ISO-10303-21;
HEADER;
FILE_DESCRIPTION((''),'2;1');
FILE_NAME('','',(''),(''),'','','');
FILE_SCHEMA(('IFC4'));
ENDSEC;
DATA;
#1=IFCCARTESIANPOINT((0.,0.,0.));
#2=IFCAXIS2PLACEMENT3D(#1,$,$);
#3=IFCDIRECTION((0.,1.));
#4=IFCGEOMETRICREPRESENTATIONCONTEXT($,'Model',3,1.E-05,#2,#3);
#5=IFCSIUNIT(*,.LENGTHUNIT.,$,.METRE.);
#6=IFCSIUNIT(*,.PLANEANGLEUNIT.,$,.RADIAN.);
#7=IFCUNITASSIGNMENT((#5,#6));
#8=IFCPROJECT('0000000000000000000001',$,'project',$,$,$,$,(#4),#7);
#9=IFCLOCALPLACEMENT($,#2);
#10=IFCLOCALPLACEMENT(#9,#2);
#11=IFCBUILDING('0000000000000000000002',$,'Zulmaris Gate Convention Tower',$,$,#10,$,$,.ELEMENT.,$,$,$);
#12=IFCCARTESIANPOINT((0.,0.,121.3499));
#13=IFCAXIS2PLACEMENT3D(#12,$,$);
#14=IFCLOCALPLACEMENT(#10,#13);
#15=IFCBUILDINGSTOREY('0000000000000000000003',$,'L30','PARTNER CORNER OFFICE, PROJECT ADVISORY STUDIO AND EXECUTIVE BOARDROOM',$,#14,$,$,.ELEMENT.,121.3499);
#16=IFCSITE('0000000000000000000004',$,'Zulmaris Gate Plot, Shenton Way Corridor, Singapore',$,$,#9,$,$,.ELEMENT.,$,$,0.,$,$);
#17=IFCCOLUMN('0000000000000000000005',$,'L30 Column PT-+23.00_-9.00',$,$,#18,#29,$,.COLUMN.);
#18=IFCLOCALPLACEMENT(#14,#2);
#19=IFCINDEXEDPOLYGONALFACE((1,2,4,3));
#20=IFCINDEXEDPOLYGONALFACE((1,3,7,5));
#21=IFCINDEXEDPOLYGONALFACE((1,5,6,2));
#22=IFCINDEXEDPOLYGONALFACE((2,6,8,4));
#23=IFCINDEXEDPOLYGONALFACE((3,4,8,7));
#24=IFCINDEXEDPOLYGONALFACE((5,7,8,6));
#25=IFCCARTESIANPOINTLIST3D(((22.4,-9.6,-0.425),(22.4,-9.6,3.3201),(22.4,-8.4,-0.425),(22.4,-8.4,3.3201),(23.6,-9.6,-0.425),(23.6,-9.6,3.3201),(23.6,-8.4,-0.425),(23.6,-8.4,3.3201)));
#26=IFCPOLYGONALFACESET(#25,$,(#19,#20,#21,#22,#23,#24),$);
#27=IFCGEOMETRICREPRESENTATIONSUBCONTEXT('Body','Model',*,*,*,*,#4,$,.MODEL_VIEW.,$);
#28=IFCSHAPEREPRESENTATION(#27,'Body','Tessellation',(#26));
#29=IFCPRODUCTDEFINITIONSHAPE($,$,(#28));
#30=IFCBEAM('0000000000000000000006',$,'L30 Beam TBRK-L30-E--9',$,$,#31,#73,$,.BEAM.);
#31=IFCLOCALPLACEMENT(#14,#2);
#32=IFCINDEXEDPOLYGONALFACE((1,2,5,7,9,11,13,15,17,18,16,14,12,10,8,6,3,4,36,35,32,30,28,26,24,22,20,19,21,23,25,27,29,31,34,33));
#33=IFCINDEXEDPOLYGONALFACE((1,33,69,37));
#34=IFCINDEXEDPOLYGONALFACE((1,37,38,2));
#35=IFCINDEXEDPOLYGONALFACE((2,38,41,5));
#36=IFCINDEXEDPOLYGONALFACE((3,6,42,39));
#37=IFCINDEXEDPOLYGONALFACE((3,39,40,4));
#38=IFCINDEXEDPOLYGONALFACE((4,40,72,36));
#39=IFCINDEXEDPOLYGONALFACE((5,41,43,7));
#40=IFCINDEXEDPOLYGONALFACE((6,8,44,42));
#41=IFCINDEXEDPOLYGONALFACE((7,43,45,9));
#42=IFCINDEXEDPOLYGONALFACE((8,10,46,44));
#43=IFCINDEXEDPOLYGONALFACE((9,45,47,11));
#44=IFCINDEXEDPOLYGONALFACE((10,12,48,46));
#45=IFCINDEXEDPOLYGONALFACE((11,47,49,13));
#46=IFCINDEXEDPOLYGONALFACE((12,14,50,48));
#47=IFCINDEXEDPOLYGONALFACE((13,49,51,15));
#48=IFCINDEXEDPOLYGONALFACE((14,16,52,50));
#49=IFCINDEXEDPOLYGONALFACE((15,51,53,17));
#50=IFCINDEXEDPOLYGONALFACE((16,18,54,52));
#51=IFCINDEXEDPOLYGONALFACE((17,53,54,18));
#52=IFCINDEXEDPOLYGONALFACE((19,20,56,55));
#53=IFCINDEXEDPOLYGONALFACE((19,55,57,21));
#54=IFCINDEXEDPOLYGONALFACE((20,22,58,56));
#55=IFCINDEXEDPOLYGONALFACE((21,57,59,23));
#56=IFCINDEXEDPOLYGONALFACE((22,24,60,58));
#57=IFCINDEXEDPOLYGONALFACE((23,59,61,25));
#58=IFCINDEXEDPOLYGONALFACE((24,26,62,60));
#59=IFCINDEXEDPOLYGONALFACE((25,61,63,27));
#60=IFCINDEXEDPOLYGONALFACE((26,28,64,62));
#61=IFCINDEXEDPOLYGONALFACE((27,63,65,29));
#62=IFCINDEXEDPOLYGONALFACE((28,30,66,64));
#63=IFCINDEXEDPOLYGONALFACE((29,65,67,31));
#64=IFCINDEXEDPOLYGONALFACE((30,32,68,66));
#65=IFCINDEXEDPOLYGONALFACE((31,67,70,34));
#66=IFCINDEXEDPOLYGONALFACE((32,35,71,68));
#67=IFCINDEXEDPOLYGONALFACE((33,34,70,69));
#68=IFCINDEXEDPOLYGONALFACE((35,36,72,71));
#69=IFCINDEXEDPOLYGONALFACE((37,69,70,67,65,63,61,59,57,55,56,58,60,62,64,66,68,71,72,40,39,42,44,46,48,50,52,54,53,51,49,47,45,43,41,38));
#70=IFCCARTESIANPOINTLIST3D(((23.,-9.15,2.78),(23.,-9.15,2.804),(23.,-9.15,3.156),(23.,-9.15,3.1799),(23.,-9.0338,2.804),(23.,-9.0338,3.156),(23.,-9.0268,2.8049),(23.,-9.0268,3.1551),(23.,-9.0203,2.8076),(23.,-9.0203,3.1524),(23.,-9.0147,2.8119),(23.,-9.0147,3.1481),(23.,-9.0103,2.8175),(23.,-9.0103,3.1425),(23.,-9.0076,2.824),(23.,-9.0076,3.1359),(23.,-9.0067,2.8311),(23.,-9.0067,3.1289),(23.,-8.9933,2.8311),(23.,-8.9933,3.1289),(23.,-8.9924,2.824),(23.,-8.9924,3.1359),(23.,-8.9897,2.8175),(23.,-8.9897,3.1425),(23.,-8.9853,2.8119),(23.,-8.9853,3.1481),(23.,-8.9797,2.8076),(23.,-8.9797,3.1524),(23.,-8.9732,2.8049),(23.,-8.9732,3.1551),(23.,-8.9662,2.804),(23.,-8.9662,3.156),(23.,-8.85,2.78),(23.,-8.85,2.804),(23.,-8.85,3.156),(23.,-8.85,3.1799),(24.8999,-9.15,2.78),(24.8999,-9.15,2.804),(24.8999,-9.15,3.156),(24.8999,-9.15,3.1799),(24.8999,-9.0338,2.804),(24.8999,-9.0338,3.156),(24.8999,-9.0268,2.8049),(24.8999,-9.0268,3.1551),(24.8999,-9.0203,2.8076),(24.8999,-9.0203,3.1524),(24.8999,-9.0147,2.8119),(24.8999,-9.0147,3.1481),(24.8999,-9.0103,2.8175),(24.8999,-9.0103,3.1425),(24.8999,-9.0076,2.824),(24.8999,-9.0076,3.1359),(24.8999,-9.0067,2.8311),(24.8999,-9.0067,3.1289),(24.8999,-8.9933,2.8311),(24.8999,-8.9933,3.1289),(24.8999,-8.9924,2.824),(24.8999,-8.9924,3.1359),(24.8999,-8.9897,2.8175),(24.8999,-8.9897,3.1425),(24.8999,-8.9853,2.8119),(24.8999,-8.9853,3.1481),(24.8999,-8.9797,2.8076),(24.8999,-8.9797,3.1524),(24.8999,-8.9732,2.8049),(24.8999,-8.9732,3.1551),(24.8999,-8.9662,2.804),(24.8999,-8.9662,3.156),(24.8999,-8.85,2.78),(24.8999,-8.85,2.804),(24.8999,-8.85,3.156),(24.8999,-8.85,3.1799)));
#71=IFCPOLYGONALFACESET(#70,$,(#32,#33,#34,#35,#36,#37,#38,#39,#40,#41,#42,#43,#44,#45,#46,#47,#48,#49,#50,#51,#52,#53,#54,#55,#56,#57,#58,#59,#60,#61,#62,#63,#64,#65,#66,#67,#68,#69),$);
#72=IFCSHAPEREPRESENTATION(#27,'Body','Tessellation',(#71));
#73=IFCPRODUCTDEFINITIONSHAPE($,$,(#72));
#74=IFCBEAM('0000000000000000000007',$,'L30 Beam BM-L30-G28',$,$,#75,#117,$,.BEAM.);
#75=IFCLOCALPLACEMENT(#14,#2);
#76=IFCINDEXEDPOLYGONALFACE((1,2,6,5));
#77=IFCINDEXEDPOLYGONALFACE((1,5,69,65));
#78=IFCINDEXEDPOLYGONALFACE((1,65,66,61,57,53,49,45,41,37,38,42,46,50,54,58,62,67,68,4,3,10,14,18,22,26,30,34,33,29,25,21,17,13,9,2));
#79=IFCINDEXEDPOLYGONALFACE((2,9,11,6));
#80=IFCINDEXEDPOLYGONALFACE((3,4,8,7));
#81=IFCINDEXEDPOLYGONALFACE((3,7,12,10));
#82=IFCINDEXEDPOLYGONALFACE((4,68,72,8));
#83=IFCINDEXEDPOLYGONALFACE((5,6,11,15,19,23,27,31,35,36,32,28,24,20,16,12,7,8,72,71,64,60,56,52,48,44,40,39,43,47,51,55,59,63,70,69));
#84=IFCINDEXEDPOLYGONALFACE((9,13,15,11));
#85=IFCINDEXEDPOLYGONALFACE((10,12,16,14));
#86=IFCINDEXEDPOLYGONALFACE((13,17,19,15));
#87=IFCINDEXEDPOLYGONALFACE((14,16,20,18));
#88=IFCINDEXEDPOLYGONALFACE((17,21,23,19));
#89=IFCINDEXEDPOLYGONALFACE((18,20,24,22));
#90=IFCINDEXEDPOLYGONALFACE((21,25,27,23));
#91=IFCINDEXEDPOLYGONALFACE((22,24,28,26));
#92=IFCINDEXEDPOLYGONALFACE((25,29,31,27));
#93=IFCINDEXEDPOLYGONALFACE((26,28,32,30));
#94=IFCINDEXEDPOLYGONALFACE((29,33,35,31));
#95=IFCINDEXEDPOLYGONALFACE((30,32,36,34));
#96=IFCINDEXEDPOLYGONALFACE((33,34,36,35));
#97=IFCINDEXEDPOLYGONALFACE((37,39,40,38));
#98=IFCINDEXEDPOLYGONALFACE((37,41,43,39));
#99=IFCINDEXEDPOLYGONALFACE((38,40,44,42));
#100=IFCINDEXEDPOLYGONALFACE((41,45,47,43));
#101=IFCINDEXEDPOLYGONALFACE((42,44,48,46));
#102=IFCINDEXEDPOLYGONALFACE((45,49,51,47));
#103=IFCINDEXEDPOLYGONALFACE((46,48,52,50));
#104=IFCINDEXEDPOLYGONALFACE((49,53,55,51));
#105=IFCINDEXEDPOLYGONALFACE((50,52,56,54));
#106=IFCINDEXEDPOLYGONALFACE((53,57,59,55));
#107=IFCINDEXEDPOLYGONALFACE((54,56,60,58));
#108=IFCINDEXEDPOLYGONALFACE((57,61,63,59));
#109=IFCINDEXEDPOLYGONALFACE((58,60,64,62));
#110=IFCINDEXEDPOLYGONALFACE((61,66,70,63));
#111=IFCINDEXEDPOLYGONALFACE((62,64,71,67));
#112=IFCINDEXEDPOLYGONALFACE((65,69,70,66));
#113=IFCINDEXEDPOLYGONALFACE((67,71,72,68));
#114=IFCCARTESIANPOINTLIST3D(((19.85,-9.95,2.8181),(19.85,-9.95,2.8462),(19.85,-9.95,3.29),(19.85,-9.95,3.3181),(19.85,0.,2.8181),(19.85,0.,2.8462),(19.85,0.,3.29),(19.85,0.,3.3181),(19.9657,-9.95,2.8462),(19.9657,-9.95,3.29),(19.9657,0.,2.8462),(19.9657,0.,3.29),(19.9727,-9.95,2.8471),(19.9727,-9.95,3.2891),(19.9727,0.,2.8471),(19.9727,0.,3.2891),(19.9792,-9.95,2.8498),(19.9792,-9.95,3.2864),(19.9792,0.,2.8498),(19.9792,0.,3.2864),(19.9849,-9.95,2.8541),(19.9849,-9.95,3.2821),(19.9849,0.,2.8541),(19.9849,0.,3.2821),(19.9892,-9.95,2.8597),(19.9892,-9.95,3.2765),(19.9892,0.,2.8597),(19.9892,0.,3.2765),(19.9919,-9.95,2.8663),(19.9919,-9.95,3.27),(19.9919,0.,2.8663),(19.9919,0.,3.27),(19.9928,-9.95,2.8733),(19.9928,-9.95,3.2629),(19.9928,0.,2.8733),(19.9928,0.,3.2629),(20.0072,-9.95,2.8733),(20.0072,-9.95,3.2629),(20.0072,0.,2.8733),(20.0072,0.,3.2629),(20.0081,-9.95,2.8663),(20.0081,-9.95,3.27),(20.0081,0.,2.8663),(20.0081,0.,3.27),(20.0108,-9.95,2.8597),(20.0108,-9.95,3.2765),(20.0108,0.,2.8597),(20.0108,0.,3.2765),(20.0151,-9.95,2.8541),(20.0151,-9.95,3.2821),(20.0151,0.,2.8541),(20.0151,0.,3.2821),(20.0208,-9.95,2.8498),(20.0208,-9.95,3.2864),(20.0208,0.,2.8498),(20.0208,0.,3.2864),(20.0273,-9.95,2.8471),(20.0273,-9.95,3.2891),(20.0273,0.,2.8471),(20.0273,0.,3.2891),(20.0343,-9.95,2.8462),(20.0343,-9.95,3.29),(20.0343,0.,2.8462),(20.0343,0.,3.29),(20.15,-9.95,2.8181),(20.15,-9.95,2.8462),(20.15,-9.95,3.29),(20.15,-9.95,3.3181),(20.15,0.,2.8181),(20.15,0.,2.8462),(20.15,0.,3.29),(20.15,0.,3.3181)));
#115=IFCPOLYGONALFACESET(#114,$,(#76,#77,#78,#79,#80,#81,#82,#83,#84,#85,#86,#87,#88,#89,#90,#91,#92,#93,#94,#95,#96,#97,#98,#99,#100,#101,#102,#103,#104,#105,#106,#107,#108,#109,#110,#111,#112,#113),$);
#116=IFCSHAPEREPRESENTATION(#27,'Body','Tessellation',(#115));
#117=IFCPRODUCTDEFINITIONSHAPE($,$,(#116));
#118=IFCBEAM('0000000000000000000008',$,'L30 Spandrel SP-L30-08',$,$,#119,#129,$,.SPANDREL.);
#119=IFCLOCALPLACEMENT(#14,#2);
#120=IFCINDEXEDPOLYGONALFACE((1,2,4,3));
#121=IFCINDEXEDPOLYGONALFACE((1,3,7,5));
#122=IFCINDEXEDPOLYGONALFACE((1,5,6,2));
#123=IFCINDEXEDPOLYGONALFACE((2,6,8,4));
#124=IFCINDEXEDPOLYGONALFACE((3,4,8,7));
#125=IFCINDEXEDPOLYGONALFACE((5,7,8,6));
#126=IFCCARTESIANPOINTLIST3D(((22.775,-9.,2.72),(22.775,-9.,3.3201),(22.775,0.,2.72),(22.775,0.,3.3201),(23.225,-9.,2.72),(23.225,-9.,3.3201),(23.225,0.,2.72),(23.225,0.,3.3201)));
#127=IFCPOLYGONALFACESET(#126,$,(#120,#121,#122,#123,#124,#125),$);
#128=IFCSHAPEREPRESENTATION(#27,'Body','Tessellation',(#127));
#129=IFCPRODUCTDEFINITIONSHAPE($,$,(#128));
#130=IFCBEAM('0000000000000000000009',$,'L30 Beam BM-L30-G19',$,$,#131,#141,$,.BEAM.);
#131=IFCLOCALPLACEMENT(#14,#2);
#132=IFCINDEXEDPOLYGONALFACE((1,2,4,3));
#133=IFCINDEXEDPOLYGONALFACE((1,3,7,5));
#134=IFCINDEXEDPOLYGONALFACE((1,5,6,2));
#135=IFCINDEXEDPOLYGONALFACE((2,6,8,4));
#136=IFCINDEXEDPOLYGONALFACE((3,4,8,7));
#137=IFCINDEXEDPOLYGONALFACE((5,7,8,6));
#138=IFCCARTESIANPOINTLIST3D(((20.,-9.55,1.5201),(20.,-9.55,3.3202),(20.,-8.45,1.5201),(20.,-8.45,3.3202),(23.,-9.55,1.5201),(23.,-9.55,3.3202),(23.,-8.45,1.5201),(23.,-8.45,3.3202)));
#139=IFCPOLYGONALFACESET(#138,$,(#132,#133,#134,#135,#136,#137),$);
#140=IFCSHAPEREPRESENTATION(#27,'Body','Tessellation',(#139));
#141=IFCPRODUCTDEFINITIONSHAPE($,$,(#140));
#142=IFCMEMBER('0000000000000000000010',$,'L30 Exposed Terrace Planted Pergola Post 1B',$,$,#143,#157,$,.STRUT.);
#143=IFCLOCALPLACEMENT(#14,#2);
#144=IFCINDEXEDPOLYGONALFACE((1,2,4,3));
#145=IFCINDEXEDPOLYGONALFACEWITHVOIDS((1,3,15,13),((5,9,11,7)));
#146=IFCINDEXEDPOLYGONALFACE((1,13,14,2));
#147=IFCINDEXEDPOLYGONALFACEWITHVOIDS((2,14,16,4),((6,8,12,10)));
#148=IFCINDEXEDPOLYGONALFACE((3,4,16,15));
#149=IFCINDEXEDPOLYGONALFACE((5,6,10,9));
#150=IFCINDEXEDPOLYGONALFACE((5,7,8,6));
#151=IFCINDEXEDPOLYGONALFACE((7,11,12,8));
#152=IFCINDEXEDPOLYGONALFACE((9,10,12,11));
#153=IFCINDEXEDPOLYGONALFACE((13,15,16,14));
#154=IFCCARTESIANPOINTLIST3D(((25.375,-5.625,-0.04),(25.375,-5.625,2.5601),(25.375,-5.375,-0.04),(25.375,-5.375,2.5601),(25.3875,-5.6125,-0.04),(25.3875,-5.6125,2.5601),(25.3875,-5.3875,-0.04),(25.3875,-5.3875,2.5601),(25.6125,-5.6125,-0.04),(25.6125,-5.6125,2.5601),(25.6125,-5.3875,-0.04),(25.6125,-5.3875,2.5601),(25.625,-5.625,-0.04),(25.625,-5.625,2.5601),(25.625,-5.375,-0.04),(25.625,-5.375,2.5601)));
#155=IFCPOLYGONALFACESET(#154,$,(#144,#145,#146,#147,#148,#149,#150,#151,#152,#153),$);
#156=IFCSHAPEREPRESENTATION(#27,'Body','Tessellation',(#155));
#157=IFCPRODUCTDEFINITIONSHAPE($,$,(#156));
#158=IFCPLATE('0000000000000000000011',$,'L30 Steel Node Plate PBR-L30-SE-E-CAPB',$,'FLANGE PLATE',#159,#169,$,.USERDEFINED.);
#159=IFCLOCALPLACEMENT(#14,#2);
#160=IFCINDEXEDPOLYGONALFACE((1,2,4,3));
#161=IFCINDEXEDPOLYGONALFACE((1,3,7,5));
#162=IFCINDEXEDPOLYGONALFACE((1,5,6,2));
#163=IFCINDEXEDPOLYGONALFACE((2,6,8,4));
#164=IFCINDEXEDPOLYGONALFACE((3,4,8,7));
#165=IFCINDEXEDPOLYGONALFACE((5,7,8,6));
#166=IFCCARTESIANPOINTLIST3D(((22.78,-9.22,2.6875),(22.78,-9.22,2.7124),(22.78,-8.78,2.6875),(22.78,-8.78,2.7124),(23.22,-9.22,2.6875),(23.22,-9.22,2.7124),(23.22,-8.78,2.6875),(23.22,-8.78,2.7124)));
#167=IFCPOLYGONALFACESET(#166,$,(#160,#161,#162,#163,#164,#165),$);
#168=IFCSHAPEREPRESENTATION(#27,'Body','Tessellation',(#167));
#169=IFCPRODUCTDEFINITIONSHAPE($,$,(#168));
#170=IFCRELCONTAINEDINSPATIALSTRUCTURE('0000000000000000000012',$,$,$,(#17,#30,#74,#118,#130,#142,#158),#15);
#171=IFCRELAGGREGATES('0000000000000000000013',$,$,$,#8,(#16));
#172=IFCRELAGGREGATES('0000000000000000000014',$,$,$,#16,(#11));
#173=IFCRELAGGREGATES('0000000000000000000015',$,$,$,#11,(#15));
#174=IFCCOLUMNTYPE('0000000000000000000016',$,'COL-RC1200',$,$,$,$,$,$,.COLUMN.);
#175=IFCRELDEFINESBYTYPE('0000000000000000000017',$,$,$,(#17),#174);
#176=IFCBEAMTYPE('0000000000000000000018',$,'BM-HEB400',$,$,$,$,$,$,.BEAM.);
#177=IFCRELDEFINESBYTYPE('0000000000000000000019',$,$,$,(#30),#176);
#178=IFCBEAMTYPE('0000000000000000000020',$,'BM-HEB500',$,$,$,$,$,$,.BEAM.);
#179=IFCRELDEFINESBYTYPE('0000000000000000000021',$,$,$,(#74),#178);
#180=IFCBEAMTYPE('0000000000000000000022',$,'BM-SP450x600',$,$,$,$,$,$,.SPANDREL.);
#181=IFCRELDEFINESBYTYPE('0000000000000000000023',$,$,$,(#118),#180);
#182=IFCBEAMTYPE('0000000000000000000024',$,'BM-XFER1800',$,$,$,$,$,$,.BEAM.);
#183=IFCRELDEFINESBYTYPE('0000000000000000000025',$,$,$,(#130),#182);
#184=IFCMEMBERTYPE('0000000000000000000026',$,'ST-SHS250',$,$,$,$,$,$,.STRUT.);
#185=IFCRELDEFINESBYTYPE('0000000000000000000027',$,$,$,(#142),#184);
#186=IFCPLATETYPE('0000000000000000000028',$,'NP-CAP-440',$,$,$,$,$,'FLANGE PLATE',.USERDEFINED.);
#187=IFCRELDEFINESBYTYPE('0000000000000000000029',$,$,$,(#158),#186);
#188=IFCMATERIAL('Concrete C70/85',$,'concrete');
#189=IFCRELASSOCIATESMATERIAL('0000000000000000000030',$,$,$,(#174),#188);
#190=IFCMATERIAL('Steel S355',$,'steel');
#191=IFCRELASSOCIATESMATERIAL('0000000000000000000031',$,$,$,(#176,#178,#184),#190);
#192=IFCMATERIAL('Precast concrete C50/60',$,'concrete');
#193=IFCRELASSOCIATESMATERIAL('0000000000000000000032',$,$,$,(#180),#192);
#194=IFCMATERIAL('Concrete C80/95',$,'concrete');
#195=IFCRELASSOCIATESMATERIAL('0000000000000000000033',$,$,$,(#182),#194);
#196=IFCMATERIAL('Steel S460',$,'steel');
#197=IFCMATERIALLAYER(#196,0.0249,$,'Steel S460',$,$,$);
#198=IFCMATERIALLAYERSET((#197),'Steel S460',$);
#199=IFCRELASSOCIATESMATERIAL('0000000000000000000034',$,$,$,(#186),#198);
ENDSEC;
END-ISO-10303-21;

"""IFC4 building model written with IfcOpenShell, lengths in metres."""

from ifc_helpers import new_model, si_unit, direction, frame, origin, origin_2d, place, context, subcontext, project, spatial, rectangle, hollow_rectangle, i_section, extrude, material, layer, layer_set, material_profile, profile_set, type_object, element, save


model = new_model("IFC4")

# Units and contexts
model_context = context("Model", 3, precision=1e-05, world=origin(), true_north=direction((0.0, 1.0)))
body_context = subcontext(model_context, "Body", "Model", "MODEL_VIEW")
ifc_project = project(units=[si_unit("LENGTHUNIT", "METRE"), si_unit("PLANEANGLEUNIT", "RADIAN")], contexts=[model_context])

# Site, building, storey
site_placement = place(None, origin())
site = spatial("IfcSite", under=ifc_project, at=site_placement, Name="Zulmaris Gate Plot, Shenton Way Corridor, Singapore", CompositionType="ELEMENT", RefElevation=0.0)
building_placement = place(site_placement, origin())
building = spatial("IfcBuilding", under=site, at=building_placement, Name="Zulmaris Gate Convention Tower", CompositionType="ELEMENT")
storey_placement = place(building_placement, frame((0.0, 0.0, 121.3499)))
storey = spatial("IfcBuildingStorey", under=building, at=storey_placement, Name="L30", Description="PARTNER CORNER OFFICE, PROJECT ADVISORY STUDIO AND EXECUTIVE BOARDROOM", CompositionType="ELEMENT", Elevation=121.3499)

# Column
ifc_material_1 = material(Name="Concrete C70/85", Category="concrete")
ifc_material_profile_1 = material_profile(ifc_material_1, rectangle(XDim=1.2, YDim=1.2, at=origin_2d()), Name="RC COL 1200x1200")
ifc_profile_set_1 = profile_set([ifc_material_profile_1], Name="Concrete C70/85")
column_type = type_object("IfcColumnType", Name="COL-RC1200", PredefinedType="COLUMN", material=ifc_profile_set_1)
column_placement = place(storey_placement, frame((23.0, -9.0, -0.425), z_axis=(0.0, 0.0, 1.0), x_axis=(1.0, 0.0, 0.0)))
element("IfcColumn", 1, at=column_placement, inside=storey, type_object=column_type, Name="L30 Column PT-+23.00_-9.00", PredefinedType="COLUMN", context=body_context, shape_type="SweptSolid", body=[
    extrude(rectangle(XDim=1.2, YDim=1.2, at=origin_2d()), origin(), (0.0, 0.0, 1.0), 3.7451),
])

# Beams
ifc_material_2 = material(Name="Steel S355", Category="steel")
ifc_material_profile_2 = material_profile(ifc_material_2, i_section(OverallWidth=0.3, OverallDepth=0.3999, WebThickness=0.0134, FlangeThickness=0.0239, FilletRadius=0.0271, at=origin_2d()), Name="HEB 400")
ifc_profile_set_2 = profile_set([ifc_material_profile_2], Name="Steel S355")
beam_type_1 = type_object("IfcBeamType", Name="BM-HEB400", PredefinedType="BEAM", material=ifc_profile_set_2)
beam_1_placement = place(storey_placement, frame((23.0, -9.0, 2.98), z_axis=(1.0, 0.0, 0.0), x_axis=(0.0, 1.0, 0.0)))
element("IfcBeam", 2, at=beam_1_placement, inside=storey, type_object=beam_type_1, Name="L30 Beam TBRK-L30-E--9", PredefinedType="BEAM", context=body_context, shape_type="SweptSolid", body=[
    extrude(i_section(OverallWidth=0.3, OverallDepth=0.3999, WebThickness=0.0134, FlangeThickness=0.0239, FilletRadius=0.0271, at=origin_2d()), origin(), (0.0, 0.0, 1.0), 1.8999),
])
ifc_material_profile_3 = material_profile(ifc_material_2, i_section(OverallWidth=0.3, OverallDepth=0.5, WebThickness=0.0144, FlangeThickness=0.0281, FilletRadius=0.0271, at=origin_2d()), Name="HEB 500")
ifc_profile_set_3 = profile_set([ifc_material_profile_3], Name="Steel S355")
beam_type_2 = type_object("IfcBeamType", Name="BM-HEB500", PredefinedType="BEAM", material=ifc_profile_set_3)
beam_2_placement = place(storey_placement, frame((20.0, -9.95, 3.0681), z_axis=(0.0, 1.0, 0.0), x_axis=(-1.0, 0.0, 0.0)))
element("IfcBeam", 3, at=beam_2_placement, inside=storey, type_object=beam_type_2, Name="L30 Beam BM-L30-G28", PredefinedType="BEAM", context=body_context, shape_type="SweptSolid", body=[
    extrude(i_section(OverallWidth=0.3, OverallDepth=0.5, WebThickness=0.0144, FlangeThickness=0.0281, FilletRadius=0.0271, at=origin_2d()), origin(), (0.0, 0.0, 1.0), 9.95),
])
ifc_material_3 = material(Name="Precast concrete C50/60", Category="concrete")
ifc_material_profile_4 = material_profile(ifc_material_3, rectangle(XDim=0.45, YDim=0.6001, at=origin_2d()), Name="RC SPANDREL 450x600")
ifc_profile_set_4 = profile_set([ifc_material_profile_4], Name="Precast concrete C50/60")
beam_type_3 = type_object("IfcBeamType", Name="BM-SP450x600", PredefinedType="SPANDREL", material=ifc_profile_set_4)
beam_3_placement = place(storey_placement, frame((23.0, -9.0, 3.02), z_axis=(0.0, 1.0, 0.0), x_axis=(-1.0, 0.0, 0.0)))
element("IfcBeam", 4, at=beam_3_placement, inside=storey, type_object=beam_type_3, Name="L30 Spandrel SP-L30-08", PredefinedType="SPANDREL", context=body_context, shape_type="SweptSolid", body=[
    extrude(rectangle(XDim=0.45, YDim=0.6001, at=origin_2d()), origin(), (0.0, 0.0, 1.0), 9.0),
])
ifc_material_4 = material(Name="Concrete C80/95", Category="concrete")
ifc_material_profile_5 = material_profile(ifc_material_4, rectangle(XDim=1.1001, YDim=1.8, at=origin_2d()), Name="RC TRANSFER 1100x1800")
ifc_profile_set_5 = profile_set([ifc_material_profile_5], Name="Concrete C80/95")
beam_type_4 = type_object("IfcBeamType", Name="BM-XFER1800", PredefinedType="BEAM", material=ifc_profile_set_5)
beam_4_placement = place(storey_placement, frame((20.0, -9.0, 2.4202), z_axis=(1.0, 0.0, 0.0), x_axis=(0.0, 1.0, 0.0)))
element("IfcBeam", 5, at=beam_4_placement, inside=storey, type_object=beam_type_4, Name="L30 Beam BM-L30-G19", PredefinedType="BEAM", context=body_context, shape_type="SweptSolid", body=[
    extrude(rectangle(XDim=1.1001, YDim=1.8, at=origin_2d()), origin(), (0.0, 0.0, 1.0), 3.0),
])

# Member
ifc_material_profile_6 = material_profile(ifc_material_2, hollow_rectangle(XDim=0.25, YDim=0.25, WallThickness=0.0125, at=origin_2d()), Name="SHS 250x250x12.5")
ifc_profile_set_6 = profile_set([ifc_material_profile_6], Name="Steel S355")
member_type = type_object("IfcMemberType", Name="ST-SHS250", PredefinedType="STRUT", material=ifc_profile_set_6)
member_placement = place(storey_placement, frame((25.5, -5.5, -0.04), z_axis=(0.0, 0.0, 1.0), x_axis=(1.0, 0.0, 0.0)))
element("IfcMember", 6, at=member_placement, inside=storey, type_object=member_type, Name="L30 Exposed Terrace Planted Pergola Post 1B", PredefinedType="STRUT", context=body_context, shape_type="SweptSolid", body=[
    extrude(hollow_rectangle(XDim=0.25, YDim=0.25, WallThickness=0.0125, at=origin_2d()), origin(), (0.0, 0.0, 1.0), 2.6001),
])

# Plate
ifc_material_5 = material(Name="Steel S460", Category="steel")
ifc_layer_1 = layer(ifc_material_5, 0.0249, Name="Steel S460")
ifc_layer_set_1 = layer_set([ifc_layer_1], Name="Steel S460")
plate_type = type_object("IfcPlateType", Name="NP-CAP-440", ElementType="FLANGE PLATE", PredefinedType="USERDEFINED", material=ifc_layer_set_1)
plate_placement = place(storey_placement, frame((23.0, -9.0, 2.6875), z_axis=(0.0, 0.0, 1.0), x_axis=(1.0, 0.0, 0.0)))
element("IfcPlate", 7, at=plate_placement, inside=storey, type_object=plate_type, Name="L30 Steel Node Plate PBR-L30-SE-E-CAPB", ObjectType="FLANGE PLATE", PredefinedType="USERDEFINED", context=body_context, shape_type="SweptSolid", body=[
    extrude(rectangle(XDim=0.4399, YDim=0.4399, at=origin_2d()), origin(), (0.0, 0.0, 1.0), 0.0249),
])

save(model, "model.ifc")
